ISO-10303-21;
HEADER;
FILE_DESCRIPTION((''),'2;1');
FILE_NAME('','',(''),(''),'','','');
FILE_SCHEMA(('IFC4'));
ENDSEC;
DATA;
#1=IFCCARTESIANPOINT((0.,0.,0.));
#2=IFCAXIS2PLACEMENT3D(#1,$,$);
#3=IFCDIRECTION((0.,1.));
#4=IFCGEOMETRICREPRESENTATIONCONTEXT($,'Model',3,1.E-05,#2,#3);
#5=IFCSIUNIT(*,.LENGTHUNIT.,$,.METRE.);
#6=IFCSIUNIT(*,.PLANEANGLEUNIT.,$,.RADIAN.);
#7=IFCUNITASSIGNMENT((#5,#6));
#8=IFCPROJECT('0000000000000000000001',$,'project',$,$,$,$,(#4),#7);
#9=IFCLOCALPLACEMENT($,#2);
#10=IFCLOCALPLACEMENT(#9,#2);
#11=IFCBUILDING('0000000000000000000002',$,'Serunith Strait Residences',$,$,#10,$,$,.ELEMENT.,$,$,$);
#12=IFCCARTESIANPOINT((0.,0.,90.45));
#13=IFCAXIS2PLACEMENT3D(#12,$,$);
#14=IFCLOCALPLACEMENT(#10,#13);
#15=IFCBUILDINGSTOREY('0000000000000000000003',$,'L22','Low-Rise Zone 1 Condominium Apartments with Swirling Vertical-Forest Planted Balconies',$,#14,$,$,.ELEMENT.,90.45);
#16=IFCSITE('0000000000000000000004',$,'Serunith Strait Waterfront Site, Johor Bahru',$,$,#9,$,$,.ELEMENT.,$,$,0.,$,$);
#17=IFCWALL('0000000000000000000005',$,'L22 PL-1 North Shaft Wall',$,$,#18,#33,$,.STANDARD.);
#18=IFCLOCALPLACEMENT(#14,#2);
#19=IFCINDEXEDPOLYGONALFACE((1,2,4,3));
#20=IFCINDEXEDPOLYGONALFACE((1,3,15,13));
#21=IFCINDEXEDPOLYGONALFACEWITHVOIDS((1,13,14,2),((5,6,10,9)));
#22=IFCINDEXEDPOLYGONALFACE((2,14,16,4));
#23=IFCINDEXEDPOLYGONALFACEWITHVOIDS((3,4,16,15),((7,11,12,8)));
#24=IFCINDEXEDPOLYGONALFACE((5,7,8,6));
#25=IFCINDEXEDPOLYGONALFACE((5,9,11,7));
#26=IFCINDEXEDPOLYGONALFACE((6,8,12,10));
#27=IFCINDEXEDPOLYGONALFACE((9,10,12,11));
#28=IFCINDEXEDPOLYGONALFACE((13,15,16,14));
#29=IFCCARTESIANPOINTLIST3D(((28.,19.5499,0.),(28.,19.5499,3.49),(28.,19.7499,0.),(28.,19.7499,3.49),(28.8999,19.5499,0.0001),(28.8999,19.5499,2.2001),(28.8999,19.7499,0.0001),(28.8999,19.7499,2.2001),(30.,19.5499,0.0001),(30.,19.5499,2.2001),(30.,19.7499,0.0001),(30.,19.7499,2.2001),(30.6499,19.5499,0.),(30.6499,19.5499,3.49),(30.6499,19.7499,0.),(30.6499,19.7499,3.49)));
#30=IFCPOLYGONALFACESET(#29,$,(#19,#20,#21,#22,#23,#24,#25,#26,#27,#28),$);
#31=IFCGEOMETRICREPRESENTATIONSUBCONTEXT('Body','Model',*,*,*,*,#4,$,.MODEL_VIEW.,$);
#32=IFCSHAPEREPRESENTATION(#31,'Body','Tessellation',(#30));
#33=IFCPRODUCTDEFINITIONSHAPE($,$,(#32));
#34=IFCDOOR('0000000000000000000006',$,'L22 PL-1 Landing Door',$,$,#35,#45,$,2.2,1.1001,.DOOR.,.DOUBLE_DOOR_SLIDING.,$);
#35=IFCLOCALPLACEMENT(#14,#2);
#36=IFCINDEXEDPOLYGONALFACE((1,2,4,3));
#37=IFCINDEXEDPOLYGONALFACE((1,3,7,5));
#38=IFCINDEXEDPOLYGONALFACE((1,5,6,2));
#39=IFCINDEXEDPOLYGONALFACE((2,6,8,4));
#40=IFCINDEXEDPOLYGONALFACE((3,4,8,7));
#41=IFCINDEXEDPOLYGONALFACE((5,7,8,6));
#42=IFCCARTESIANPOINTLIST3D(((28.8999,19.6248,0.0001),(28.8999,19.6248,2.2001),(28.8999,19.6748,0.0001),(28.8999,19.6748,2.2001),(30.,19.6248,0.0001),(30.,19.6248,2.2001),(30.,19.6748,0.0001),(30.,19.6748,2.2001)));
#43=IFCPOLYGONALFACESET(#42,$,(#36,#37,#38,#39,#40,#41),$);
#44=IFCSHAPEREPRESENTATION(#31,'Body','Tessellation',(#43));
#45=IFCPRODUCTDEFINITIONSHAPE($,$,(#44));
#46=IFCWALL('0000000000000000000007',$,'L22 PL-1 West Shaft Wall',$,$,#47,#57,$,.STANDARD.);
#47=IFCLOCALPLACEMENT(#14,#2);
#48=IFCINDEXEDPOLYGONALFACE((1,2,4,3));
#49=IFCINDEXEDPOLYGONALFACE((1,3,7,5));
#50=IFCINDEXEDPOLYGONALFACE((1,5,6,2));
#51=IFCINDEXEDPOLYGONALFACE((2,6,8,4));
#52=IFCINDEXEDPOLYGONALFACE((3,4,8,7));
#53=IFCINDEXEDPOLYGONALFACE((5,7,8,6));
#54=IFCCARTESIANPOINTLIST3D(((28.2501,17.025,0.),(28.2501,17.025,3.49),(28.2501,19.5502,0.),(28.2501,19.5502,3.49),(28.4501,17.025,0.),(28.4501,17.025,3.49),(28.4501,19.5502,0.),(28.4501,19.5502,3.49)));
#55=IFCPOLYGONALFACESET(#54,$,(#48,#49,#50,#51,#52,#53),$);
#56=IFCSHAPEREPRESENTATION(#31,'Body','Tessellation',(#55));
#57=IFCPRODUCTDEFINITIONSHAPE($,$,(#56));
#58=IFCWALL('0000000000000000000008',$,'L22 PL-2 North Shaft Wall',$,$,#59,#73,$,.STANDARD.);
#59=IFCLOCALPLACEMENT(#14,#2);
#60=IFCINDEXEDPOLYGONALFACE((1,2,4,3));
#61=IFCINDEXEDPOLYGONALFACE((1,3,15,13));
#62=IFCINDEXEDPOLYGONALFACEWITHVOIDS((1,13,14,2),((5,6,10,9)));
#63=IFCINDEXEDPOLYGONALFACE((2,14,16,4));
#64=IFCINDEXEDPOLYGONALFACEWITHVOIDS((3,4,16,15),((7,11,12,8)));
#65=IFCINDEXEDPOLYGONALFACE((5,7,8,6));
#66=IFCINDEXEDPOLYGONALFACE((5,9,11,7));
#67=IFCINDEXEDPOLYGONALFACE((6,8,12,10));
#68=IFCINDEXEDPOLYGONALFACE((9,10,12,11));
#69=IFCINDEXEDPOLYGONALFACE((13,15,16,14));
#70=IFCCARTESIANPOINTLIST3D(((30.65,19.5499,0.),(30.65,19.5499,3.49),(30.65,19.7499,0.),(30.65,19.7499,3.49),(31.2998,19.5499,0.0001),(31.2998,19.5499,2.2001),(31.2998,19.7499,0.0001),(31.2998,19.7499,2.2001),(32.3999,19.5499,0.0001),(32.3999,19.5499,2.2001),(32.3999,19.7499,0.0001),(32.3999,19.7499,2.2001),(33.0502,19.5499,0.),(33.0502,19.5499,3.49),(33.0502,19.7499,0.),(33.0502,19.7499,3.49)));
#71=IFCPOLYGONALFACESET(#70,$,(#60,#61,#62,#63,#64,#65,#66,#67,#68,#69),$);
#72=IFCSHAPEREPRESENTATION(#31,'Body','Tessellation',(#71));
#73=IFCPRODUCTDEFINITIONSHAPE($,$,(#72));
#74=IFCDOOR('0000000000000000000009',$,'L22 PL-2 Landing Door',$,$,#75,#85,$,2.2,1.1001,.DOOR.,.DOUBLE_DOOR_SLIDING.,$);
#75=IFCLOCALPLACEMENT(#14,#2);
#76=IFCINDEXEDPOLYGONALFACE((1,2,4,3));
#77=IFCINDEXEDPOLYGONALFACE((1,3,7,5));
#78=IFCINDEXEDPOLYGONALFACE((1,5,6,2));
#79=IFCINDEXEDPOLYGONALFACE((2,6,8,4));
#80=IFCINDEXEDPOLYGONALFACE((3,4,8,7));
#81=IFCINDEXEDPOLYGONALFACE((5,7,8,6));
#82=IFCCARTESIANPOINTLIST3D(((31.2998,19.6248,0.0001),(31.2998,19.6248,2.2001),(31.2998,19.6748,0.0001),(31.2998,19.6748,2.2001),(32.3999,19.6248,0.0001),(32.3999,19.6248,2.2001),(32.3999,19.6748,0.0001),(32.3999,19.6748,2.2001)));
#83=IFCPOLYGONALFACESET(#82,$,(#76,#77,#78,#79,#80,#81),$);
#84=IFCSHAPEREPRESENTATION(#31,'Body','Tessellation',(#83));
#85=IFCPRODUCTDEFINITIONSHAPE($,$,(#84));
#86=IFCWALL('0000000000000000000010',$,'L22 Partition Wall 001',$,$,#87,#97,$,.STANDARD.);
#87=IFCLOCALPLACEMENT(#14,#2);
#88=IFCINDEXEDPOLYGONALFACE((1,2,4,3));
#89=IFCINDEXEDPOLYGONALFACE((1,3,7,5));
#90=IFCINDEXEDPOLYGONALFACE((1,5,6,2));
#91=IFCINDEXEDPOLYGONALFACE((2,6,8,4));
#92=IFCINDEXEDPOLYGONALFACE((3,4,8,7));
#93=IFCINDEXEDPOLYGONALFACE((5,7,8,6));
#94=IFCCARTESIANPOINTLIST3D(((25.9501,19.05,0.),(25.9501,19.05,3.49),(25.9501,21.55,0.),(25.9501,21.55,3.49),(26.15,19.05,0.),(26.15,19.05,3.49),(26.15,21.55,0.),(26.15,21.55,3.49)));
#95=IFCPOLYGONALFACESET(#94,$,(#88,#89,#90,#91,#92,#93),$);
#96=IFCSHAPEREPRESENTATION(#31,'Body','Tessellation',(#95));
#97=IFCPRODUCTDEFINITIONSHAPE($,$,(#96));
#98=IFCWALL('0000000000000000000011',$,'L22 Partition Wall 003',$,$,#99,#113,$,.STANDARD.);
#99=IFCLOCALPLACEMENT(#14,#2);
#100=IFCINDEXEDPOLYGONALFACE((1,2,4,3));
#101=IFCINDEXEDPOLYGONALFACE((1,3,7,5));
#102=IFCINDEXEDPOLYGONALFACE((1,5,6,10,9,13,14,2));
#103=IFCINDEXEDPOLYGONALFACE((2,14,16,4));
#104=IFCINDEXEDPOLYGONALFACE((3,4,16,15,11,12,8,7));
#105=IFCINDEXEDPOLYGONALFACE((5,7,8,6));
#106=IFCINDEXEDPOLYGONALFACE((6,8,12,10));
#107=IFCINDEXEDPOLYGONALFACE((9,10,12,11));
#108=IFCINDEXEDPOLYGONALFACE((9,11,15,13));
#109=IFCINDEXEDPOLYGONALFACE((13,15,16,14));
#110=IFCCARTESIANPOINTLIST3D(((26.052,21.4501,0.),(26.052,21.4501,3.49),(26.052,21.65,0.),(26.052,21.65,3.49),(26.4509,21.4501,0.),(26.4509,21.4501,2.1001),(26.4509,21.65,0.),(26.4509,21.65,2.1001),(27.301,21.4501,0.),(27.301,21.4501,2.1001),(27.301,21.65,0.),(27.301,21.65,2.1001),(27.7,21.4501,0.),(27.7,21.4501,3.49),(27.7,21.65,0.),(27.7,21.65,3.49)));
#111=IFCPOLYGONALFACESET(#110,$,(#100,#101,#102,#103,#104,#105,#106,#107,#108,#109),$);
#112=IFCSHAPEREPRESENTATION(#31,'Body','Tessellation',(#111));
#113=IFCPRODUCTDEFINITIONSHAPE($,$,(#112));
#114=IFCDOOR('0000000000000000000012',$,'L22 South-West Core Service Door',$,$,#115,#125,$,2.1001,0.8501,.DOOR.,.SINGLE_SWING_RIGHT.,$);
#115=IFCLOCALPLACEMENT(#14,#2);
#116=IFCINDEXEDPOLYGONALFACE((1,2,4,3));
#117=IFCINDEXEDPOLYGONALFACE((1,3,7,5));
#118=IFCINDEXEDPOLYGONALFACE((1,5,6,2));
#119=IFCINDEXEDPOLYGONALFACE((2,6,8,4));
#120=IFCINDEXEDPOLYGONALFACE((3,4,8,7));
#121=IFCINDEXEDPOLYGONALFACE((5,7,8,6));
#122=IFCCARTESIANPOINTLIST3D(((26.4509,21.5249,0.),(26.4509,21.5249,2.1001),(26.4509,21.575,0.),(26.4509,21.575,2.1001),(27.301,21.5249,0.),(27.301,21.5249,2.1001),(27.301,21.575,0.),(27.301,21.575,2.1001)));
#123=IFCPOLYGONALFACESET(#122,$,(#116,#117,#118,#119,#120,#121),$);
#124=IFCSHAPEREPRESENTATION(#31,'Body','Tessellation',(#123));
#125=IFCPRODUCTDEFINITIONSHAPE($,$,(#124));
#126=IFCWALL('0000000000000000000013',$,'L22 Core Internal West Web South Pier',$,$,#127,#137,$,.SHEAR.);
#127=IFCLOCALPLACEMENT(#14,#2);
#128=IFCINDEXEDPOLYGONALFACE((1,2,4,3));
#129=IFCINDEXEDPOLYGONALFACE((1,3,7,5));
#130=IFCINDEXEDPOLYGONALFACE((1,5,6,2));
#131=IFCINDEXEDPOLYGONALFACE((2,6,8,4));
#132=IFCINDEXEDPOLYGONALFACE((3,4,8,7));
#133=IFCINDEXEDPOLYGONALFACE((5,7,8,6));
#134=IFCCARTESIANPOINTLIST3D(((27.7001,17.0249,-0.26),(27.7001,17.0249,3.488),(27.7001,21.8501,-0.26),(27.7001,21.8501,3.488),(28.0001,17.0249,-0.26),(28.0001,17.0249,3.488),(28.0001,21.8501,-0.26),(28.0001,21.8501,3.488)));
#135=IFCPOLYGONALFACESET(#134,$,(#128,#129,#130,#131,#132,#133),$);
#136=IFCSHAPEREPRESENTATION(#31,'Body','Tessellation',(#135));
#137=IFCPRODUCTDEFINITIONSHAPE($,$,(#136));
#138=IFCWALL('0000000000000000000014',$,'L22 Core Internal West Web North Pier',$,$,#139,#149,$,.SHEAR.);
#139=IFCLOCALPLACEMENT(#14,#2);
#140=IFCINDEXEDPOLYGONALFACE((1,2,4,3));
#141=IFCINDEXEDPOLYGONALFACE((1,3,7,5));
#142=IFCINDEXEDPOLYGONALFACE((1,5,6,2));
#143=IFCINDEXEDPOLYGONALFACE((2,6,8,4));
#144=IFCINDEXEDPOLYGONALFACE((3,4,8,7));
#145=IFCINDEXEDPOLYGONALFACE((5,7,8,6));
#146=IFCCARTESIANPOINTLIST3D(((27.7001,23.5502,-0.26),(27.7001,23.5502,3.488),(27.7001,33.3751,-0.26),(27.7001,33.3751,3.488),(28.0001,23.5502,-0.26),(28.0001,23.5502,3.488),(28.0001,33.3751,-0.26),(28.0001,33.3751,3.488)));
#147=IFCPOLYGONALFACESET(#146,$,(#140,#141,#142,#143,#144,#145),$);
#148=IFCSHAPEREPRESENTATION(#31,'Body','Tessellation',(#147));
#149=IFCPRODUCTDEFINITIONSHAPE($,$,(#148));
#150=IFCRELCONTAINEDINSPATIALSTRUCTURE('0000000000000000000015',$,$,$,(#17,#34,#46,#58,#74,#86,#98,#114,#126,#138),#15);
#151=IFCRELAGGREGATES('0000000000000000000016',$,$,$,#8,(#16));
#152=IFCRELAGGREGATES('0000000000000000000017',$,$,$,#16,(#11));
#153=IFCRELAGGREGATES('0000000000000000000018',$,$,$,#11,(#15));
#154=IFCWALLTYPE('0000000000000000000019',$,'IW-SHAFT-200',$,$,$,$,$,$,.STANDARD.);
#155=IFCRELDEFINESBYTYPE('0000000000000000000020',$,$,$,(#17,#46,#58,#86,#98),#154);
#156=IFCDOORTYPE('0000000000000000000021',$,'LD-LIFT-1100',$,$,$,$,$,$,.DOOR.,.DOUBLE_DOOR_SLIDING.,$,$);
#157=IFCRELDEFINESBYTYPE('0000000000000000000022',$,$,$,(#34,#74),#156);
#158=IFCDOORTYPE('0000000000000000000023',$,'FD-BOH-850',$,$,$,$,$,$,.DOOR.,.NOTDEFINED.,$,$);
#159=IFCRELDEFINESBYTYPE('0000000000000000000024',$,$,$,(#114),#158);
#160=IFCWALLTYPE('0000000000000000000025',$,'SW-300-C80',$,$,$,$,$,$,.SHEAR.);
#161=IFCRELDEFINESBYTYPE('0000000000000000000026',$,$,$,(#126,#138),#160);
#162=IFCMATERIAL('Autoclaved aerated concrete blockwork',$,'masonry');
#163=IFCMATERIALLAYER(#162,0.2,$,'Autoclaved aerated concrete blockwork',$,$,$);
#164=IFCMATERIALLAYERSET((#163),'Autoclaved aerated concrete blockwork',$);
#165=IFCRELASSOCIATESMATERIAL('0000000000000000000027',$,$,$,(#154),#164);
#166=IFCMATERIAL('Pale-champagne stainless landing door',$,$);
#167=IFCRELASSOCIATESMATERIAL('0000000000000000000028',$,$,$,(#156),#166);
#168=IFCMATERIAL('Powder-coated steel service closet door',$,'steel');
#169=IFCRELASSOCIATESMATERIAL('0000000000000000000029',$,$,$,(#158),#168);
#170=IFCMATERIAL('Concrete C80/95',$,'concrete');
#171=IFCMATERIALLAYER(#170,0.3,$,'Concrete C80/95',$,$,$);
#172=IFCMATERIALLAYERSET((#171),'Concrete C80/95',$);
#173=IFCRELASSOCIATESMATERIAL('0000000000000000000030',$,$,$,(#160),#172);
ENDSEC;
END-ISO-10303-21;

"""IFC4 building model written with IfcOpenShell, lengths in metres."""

from ifc_helpers import new_model, si_unit, direction, frame, frame_2d, origin, place, context, subcontext, project, spatial, rectangle, extrude, source, transform, mapped, material, layer, layer_set, type_object, element, fill, save


model = new_model("IFC4")

# Units and contexts
model_context = context("Model", 3, precision=1e-05, world=origin(), true_north=direction((0.0, 1.0)))
body_context = subcontext(model_context, "Body", "Model", "MODEL_VIEW")
ifc_project = project(units=[si_unit("LENGTHUNIT", "METRE"), si_unit("PLANEANGLEUNIT", "RADIAN")], contexts=[model_context])

# Site, building, storey
site_placement = place(None, origin())
site = spatial("IfcSite", under=ifc_project, at=site_placement, Name="Serunith Strait Waterfront Site, Johor Bahru", CompositionType="ELEMENT", RefElevation=0.0)
building_placement = place(site_placement, origin())
building = spatial("IfcBuilding", under=site, at=building_placement, Name="Serunith Strait Residences", CompositionType="ELEMENT")
storey_placement = place(building_placement, frame((0.0, 0.0, 90.45)))
storey = spatial("IfcBuildingStorey", under=building, at=storey_placement, Name="L22", Description="Low-Rise Zone 1 Condominium Apartments with Swirling Vertical-Forest Planted Balconies", CompositionType="ELEMENT", Elevation=90.45)

# Wall, opening, door
ifc_material_1 = material(Name="Autoclaved aerated concrete blockwork", Category="masonry")
ifc_layer_1 = layer(ifc_material_1, 0.2, Name="Autoclaved aerated concrete blockwork")
ifc_layer_set_1 = layer_set([ifc_layer_1], Name="Autoclaved aerated concrete blockwork")
wall_type_1 = type_object("IfcWallType", Name="IW-SHAFT-200", PredefinedType="STANDARD", material=ifc_layer_set_1)
wall_1_placement = place(storey_placement, frame((28.0, 19.6499, 0.0), z_axis=(0.0, 0.0, 1.0), x_axis=(1.0, 0.0, 0.0)))
wall_1 = element("IfcWall", 1, at=wall_1_placement, inside=storey, type_object=wall_type_1, Name="L22 PL-1 North Shaft Wall", PredefinedType="STANDARD", context=body_context, shape_type="SweptSolid", body=[
    extrude(rectangle(XDim=2.6499, YDim=0.2, at=frame_2d((1.325, 0.0))), origin(), (0.0, 0.0, 1.0), 3.49),
])
opening_1_placement = place(wall_1_placement, frame((0.8999, 0.0, 0.0)))
opening_1 = element("IfcOpeningElement", 2, at=opening_1_placement, cuts=wall_1, PredefinedType="OPENING", context=body_context, shape_type="SweptSolid", body=[
    extrude(rectangle(XDim=1.1001, YDim=2.2, at=frame_2d((0.55, 1.1001))), frame((0.0, 0.1099, 0.0), z_axis=(0.0, -1.0, 0.0), x_axis=(1.0, 0.0, 0.0)), (0.0, 0.0, 1.0), 0.22),
])
ifc_material_2 = material(Name="Pale-champagne stainless landing door")
door_type_1 = type_object("IfcDoorType", Name="LD-LIFT-1100", OperationType="DOUBLE_DOOR_SLIDING", PredefinedType="DOOR", material=ifc_material_2)
shared_shape_1 = source(origin(), body_context, "Body", "SweptSolid", [
    extrude(rectangle(XDim=1.1001, YDim=2.2, at=frame_2d((0.55, 1.1001))), frame((0.0, 0.0249, 0.0), z_axis=(0.0, -1.0, 0.0), x_axis=(1.0, 0.0, 0.0)), (0.0, 0.0, 1.0), 0.05),
])
door_1_placement = place(opening_1_placement, origin())
door_1 = element("IfcDoor", 3, at=door_1_placement, inside=storey, type_object=door_type_1, Name="L22 PL-1 Landing Door", OperationType="DOUBLE_DOOR_SLIDING", OverallHeight=2.2, OverallWidth=1.1001, PredefinedType="DOOR", context=body_context, shape_type="MappedRepresentation", body=[
    mapped(shared_shape_1, transform((0.0, 0.0, 0.0), scale=1.0)),
])
fill(opening_1, door_1)

# Wall
wall_2_placement = place(storey_placement, frame((28.3501, 17.0249, 0.0), z_axis=(0.0, 0.0, 1.0), x_axis=(0.0, 1.0, 0.0)))
element("IfcWall", 4, at=wall_2_placement, inside=storey, type_object=wall_type_1, Name="L22 PL-1 West Shaft Wall", PredefinedType="STANDARD", context=body_context, shape_type="SweptSolid", body=[
    extrude(rectangle(XDim=2.5251, YDim=0.2, at=frame_2d((1.2627, 0.0))), origin(), (0.0, 0.0, 1.0), 3.49),
])

# Wall, opening, door
wall_3_placement = place(storey_placement, frame((30.6499, 19.6499, 0.0), z_axis=(0.0, 0.0, 1.0), x_axis=(1.0, 0.0, 0.0)))
wall_3 = element("IfcWall", 5, at=wall_3_placement, inside=storey, type_object=wall_type_1, Name="L22 PL-2 North Shaft Wall", PredefinedType="STANDARD", context=body_context, shape_type="SweptSolid", body=[
    extrude(rectangle(XDim=2.4001, YDim=0.2, at=frame_2d((1.2002, 0.0))), origin(), (0.0, 0.0, 1.0), 3.49),
])
opening_2_placement = place(wall_3_placement, frame((0.6499, 0.0, 0.0)))
opening_2 = element("IfcOpeningElement", 6, at=opening_2_placement, cuts=wall_3, PredefinedType="OPENING", context=body_context, shape_type="SweptSolid", body=[
    extrude(rectangle(XDim=1.1001, YDim=2.2, at=frame_2d((0.55, 1.1001))), frame((0.0, 0.1099, 0.0), z_axis=(0.0, -1.0, 0.0), x_axis=(1.0, 0.0, 0.0)), (0.0, 0.0, 1.0), 0.22),
])
door_2_placement = place(opening_2_placement, origin())
door_2 = element("IfcDoor", 7, at=door_2_placement, inside=storey, type_object=door_type_1, Name="L22 PL-2 Landing Door", OperationType="DOUBLE_DOOR_SLIDING", OverallHeight=2.2, OverallWidth=1.1001, PredefinedType="DOOR", context=body_context, shape_type="MappedRepresentation", body=[
    mapped(shared_shape_1, transform((0.0, 0.0, 0.0), scale=1.0)),
])
fill(opening_2, door_2)

# Wall
wall_4_placement = place(storey_placement, frame((26.05, 19.05, 0.0), z_axis=(0.0, 0.0, 1.0), x_axis=(0.0, 1.0, 0.0)))
element("IfcWall", 8, at=wall_4_placement, inside=storey, type_object=wall_type_1, Name="L22 Partition Wall 001", PredefinedType="STANDARD", context=body_context, shape_type="SweptSolid", body=[
    extrude(rectangle(XDim=2.5, YDim=0.2, at=frame_2d((1.25, 0.0))), origin(), (0.0, 0.0, 1.0), 3.49),
])

# Wall, opening, door
wall_5_placement = place(storey_placement, frame((26.052, 21.55, 0.0), z_axis=(0.0, 0.0, 1.0), x_axis=(1.0, 0.0, 0.0)))
wall_5 = element("IfcWall", 9, at=wall_5_placement, inside=storey, type_object=wall_type_1, Name="L22 Partition Wall 003", PredefinedType="STANDARD", context=body_context, shape_type="SweptSolid", body=[
    extrude(rectangle(XDim=1.6479, YDim=0.2, at=frame_2d((0.824, 0.0))), origin(), (0.0, 0.0, 1.0), 3.49),
])
opening_3_placement = place(wall_5_placement, frame((0.3989, 0.0, 0.0)))
opening_3 = element("IfcOpeningElement", 10, at=opening_3_placement, cuts=wall_5, PredefinedType="OPENING", context=body_context, shape_type="SweptSolid", body=[
    extrude(rectangle(XDim=0.8501, YDim=2.1001, at=frame_2d((0.425, 1.05))), frame((0.0, 0.1099, 0.0), z_axis=(0.0, -1.0, 0.0), x_axis=(1.0, 0.0, 0.0)), (0.0, 0.0, 1.0), 0.22),
])
ifc_material_3 = material(Name="Powder-coated steel service closet door", Category="steel")
door_type_2 = type_object("IfcDoorType", Name="FD-BOH-850", OperationType="NOTDEFINED", PredefinedType="DOOR", material=ifc_material_3)
shared_shape_2 = source(origin(), body_context, "Body", "SweptSolid", [
    extrude(rectangle(XDim=0.8501, YDim=2.1001, at=frame_2d((0.425, 1.05))), frame((0.0, 0.0249, 0.0), z_axis=(0.0, -1.0, 0.0), x_axis=(1.0, 0.0, 0.0)), (0.0, 0.0, 1.0), 0.05),
])
door_3_placement = place(opening_3_placement, origin())
door_3 = element("IfcDoor", 11, at=door_3_placement, inside=storey, type_object=door_type_2, Name="L22 South-West Core Service Door", OperationType="SINGLE_SWING_RIGHT", OverallHeight=2.1001, OverallWidth=0.8501, PredefinedType="DOOR", context=body_context, shape_type="MappedRepresentation", body=[
    mapped(shared_shape_2, transform((0.0, 0.0, 0.0), scale=1.0)),
])
fill(opening_3, door_3)

# Walls
ifc_material_4 = material(Name="Concrete C80/95", Category="concrete")
ifc_layer_2 = layer(ifc_material_4, 0.3, Name="Concrete C80/95")
ifc_layer_set_2 = layer_set([ifc_layer_2], Name="Concrete C80/95")
wall_type_2 = type_object("IfcWallType", Name="SW-300-C80", PredefinedType="SHEAR", material=ifc_layer_set_2)
wall_6_placement = place(storey_placement, frame((27.8501, 17.0249, -0.26), z_axis=(0.0, 0.0, 1.0), x_axis=(0.0, 1.0, 0.0)))
element("IfcWall", 12, at=wall_6_placement, inside=storey, type_object=wall_type_2, Name="L22 Core Internal West Web South Pier", PredefinedType="SHEAR", context=body_context, shape_type="SweptSolid", body=[
    extrude(rectangle(XDim=4.8252, YDim=0.3, at=frame_2d((2.4126, 0.0))), origin(), (0.0, 0.0, 1.0), 3.748),
])
wall_7_placement = place(storey_placement, frame((27.8501, 23.55, -0.26), z_axis=(0.0, 0.0, 1.0), x_axis=(0.0, 1.0, 0.0)))
element("IfcWall", 13, at=wall_7_placement, inside=storey, type_object=wall_type_2, Name="L22 Core Internal West Web North Pier", PredefinedType="SHEAR", context=body_context, shape_type="SweptSolid", body=[
    extrude(rectangle(XDim=9.825, YDim=0.3, at=frame_2d((4.9126, 0.0))), origin(), (0.0, 0.0, 1.0), 3.748),
])

save(model, "model.ifc")
